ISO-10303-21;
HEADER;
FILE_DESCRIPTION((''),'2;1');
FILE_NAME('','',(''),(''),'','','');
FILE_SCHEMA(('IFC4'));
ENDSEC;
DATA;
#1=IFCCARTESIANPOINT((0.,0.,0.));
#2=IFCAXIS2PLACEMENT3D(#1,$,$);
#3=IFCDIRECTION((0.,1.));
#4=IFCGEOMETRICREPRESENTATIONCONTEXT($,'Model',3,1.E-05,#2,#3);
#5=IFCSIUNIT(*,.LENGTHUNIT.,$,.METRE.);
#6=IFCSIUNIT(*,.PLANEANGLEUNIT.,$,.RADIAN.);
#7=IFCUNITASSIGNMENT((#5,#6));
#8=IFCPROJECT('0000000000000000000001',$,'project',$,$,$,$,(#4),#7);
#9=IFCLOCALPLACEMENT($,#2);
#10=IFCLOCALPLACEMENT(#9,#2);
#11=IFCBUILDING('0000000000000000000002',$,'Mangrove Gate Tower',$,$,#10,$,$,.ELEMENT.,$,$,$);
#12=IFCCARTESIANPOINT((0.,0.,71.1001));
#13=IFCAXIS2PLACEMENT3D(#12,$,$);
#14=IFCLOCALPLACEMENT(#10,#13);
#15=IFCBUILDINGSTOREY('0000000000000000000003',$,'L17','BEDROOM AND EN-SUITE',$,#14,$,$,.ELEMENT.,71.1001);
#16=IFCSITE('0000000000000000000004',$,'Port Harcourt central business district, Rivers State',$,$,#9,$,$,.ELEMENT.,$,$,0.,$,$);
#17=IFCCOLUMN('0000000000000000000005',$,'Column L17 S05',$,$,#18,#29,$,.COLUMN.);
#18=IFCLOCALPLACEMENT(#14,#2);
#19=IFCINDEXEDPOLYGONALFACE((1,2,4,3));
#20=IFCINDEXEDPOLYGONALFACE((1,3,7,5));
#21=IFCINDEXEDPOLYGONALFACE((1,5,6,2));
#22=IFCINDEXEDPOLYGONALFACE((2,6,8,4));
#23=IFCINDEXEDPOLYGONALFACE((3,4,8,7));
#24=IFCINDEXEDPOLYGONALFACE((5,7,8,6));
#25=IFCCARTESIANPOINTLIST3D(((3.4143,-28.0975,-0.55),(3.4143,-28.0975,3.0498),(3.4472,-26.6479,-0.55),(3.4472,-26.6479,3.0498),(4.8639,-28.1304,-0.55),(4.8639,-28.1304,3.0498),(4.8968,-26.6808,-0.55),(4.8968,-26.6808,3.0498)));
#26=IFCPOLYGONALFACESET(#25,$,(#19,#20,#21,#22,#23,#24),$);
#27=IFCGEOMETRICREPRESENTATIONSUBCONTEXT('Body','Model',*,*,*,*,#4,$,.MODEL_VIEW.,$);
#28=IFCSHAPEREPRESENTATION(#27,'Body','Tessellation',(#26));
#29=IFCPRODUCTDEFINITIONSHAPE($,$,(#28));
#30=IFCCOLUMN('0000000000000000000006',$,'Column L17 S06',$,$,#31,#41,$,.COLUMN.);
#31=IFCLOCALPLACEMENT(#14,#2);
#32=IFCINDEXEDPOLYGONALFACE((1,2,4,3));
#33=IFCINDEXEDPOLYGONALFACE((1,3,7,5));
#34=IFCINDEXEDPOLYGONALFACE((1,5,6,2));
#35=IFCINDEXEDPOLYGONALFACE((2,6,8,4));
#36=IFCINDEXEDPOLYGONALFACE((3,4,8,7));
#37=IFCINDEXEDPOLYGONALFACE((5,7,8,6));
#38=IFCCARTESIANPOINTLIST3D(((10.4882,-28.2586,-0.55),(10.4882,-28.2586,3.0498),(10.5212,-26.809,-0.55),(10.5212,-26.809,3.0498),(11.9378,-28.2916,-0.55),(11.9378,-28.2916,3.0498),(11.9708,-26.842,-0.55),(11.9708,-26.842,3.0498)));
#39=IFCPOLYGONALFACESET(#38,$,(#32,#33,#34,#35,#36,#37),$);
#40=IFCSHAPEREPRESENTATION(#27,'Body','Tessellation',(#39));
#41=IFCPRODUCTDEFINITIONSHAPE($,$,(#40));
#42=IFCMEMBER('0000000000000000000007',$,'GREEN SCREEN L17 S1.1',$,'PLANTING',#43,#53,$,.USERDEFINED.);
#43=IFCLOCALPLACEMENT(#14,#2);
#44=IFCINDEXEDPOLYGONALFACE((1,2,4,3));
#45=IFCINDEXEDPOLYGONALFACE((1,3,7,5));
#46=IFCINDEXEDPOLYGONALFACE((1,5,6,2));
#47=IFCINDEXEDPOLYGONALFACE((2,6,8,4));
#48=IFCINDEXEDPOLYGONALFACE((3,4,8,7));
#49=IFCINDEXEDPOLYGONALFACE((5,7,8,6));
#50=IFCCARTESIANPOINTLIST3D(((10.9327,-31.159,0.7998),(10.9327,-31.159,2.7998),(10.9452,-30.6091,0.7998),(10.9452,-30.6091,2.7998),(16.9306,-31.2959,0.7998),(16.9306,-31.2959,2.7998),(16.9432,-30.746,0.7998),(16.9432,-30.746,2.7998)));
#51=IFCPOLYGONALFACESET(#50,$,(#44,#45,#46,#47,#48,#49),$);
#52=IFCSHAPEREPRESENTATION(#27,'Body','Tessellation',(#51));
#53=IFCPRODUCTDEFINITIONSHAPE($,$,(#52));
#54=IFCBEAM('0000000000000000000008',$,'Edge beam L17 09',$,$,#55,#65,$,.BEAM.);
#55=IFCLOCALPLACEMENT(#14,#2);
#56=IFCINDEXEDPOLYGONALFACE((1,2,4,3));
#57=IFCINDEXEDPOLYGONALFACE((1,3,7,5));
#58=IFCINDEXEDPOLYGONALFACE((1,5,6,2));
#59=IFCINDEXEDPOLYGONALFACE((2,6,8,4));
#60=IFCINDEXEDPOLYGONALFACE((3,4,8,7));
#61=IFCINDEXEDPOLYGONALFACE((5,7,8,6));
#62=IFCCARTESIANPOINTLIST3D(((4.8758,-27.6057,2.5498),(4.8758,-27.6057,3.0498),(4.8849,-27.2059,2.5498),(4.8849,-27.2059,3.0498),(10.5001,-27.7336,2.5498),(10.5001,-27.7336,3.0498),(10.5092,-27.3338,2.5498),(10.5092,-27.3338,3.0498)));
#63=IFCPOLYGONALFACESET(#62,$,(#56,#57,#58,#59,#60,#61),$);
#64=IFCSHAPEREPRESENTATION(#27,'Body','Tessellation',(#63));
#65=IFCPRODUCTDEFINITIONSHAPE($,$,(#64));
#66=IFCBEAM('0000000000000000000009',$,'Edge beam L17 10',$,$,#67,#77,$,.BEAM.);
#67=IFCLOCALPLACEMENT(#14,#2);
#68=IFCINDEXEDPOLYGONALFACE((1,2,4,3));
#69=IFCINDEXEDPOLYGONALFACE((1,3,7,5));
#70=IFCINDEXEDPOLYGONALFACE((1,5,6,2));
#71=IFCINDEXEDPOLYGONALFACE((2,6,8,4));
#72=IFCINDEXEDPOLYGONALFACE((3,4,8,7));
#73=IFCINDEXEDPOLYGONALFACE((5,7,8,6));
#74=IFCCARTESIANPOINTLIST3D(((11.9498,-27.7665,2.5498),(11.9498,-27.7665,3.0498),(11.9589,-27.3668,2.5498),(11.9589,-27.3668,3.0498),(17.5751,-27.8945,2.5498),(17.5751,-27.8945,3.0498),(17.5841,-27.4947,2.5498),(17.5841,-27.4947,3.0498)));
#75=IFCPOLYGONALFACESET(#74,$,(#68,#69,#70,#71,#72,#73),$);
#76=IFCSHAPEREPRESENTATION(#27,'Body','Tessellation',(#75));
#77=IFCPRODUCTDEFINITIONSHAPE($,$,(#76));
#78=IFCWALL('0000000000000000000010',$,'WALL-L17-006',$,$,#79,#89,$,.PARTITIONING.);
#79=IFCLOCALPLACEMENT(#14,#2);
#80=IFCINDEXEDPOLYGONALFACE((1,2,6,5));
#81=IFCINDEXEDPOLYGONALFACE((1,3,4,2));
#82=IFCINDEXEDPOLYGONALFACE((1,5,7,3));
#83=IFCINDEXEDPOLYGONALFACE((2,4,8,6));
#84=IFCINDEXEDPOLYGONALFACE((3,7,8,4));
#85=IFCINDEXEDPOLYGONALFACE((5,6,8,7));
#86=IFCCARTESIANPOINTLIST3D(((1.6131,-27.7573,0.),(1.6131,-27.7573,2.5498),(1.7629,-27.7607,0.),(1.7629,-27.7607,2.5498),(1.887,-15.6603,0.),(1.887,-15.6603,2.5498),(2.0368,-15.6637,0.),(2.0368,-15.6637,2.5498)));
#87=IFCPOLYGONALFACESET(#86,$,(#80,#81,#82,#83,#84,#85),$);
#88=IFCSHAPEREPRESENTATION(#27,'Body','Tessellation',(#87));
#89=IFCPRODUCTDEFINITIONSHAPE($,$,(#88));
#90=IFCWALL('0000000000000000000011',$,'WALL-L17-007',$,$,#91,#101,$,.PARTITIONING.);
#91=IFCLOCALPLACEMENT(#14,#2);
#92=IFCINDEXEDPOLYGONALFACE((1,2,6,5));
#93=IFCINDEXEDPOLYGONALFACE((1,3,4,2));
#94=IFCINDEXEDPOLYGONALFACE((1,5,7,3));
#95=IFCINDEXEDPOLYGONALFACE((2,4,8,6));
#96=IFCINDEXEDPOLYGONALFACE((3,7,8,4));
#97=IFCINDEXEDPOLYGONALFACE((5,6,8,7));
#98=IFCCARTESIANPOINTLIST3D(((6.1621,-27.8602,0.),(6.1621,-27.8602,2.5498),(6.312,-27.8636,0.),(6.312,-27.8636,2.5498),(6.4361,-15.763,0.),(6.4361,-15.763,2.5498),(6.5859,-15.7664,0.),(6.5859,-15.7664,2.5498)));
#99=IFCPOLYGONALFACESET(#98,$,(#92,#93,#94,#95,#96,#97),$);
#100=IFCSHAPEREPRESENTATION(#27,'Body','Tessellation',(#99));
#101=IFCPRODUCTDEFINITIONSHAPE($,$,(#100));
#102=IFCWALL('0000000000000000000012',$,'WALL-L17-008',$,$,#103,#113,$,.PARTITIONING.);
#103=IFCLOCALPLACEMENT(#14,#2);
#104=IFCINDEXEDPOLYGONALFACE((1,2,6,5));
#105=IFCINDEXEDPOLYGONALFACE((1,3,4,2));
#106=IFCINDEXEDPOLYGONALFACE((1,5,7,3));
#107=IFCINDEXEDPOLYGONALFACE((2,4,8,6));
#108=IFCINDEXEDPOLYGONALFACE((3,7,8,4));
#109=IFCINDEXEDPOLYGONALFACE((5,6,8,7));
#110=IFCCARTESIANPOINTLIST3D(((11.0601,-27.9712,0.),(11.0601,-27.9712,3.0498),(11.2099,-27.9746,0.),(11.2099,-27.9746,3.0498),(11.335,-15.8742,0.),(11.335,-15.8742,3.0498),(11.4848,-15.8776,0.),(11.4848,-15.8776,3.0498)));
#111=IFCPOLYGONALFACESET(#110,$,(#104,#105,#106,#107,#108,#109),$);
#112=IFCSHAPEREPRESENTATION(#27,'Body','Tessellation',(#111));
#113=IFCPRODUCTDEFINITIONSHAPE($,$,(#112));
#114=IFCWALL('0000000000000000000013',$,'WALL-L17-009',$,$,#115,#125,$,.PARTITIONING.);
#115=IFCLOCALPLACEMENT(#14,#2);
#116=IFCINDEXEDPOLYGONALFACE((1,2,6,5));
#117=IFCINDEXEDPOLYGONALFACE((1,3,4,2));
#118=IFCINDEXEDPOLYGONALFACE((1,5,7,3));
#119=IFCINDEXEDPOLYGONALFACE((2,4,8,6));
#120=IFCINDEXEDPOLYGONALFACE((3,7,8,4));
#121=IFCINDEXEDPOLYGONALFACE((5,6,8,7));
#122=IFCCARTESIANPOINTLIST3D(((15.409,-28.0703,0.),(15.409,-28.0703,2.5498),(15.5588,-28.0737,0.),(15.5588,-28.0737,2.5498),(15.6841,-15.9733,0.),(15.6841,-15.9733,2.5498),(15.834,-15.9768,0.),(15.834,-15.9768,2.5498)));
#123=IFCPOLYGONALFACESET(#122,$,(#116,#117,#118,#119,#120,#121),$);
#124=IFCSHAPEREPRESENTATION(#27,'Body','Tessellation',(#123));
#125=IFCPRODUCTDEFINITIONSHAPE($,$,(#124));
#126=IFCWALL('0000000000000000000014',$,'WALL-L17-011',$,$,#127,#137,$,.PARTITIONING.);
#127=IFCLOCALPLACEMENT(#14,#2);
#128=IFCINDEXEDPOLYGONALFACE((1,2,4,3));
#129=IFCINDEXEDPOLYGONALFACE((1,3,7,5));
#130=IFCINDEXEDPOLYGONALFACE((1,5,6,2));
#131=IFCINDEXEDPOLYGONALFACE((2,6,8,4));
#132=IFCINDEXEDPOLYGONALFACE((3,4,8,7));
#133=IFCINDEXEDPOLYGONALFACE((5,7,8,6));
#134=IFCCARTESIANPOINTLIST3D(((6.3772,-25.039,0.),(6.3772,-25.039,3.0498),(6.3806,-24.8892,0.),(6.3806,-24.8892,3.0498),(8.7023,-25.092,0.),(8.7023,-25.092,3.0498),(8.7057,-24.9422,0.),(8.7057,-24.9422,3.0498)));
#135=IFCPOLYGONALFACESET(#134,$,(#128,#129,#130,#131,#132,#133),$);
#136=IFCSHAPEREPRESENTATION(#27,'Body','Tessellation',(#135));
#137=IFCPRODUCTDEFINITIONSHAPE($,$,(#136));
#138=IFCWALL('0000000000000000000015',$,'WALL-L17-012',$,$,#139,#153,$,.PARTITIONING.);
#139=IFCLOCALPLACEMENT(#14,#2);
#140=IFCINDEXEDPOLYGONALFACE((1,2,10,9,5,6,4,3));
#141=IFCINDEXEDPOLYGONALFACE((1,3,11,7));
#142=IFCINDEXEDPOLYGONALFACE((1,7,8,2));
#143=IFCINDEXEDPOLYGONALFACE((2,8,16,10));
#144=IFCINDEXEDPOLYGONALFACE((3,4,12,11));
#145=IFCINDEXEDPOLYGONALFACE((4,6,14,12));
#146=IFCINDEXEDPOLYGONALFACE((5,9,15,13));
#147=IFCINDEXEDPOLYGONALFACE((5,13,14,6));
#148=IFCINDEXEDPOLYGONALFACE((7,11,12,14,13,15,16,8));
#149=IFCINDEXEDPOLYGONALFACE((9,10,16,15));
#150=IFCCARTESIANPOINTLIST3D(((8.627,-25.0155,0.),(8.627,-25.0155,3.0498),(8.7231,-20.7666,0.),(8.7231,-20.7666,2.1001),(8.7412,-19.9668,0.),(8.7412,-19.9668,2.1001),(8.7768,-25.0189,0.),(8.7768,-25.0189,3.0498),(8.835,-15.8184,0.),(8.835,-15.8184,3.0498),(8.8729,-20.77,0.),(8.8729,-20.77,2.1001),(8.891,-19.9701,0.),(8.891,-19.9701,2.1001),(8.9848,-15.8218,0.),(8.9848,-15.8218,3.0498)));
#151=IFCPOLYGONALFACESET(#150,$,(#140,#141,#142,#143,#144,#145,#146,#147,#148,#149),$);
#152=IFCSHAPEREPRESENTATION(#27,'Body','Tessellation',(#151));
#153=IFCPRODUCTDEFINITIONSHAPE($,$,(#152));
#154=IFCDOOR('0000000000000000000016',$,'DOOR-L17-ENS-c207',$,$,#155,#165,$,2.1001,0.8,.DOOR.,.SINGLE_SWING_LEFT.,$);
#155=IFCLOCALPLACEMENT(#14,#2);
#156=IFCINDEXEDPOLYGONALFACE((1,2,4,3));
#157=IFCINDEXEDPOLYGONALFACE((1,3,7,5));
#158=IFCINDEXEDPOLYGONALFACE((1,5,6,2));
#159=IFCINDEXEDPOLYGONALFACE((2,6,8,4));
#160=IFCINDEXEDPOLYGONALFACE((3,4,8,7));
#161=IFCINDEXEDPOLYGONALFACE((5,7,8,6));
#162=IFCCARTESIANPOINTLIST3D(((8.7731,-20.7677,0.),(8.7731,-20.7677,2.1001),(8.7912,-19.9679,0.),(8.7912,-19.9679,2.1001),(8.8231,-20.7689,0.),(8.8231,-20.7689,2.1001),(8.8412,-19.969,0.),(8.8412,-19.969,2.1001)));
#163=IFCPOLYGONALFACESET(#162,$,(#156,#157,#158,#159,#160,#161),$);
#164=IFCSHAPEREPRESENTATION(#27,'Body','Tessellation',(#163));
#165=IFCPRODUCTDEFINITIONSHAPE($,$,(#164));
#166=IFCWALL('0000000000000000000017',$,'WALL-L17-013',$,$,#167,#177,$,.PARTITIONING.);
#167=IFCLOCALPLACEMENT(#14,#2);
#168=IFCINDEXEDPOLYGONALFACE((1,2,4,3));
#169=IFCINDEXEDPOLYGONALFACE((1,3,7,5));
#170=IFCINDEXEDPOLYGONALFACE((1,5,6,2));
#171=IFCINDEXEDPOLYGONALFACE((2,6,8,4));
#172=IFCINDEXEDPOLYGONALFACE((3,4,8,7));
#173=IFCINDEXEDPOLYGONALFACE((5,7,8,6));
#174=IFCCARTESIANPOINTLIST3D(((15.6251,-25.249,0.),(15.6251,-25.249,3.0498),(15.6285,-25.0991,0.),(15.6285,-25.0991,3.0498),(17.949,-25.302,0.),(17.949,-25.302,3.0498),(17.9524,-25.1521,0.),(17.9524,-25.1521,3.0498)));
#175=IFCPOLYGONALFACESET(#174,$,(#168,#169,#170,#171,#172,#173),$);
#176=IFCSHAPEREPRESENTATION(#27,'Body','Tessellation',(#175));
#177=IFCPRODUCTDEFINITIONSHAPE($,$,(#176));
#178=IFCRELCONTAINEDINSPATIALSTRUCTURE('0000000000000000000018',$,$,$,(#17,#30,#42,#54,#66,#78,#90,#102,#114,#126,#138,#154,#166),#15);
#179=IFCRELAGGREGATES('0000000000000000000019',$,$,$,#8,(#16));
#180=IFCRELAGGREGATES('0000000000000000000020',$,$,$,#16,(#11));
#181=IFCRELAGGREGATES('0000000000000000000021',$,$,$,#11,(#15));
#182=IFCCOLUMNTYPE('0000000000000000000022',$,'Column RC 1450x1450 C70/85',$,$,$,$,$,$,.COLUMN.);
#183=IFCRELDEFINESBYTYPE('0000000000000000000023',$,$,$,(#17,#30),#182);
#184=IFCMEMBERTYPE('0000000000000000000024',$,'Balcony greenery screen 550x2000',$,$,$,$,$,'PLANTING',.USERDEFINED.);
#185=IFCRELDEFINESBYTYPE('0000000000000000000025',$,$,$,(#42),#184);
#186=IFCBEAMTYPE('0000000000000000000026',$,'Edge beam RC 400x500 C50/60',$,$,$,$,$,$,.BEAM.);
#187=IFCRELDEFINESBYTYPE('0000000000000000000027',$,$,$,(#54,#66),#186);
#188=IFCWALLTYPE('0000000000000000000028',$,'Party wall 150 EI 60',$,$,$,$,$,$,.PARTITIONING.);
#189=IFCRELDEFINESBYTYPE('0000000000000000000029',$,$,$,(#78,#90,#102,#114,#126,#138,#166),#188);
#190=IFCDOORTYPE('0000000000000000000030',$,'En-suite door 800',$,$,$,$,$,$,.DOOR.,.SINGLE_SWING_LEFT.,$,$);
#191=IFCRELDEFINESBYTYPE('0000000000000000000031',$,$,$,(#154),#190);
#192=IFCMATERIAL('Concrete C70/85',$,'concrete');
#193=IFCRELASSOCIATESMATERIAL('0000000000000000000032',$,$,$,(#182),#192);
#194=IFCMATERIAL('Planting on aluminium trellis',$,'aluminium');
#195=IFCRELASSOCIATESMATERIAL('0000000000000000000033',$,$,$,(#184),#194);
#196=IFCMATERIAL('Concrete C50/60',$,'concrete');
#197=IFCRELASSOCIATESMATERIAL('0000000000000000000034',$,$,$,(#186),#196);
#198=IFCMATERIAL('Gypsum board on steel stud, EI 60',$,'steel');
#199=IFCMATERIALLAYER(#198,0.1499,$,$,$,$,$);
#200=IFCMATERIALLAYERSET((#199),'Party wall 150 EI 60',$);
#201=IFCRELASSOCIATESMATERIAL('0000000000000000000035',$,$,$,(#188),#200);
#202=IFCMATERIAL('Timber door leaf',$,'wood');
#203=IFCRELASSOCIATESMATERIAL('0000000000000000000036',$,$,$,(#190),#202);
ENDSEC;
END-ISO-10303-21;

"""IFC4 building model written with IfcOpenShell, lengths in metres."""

from ifc_helpers import new_model, si_unit, direction, frame, frame_2d, origin, origin_2d, place, context, subcontext, project, spatial, rectangle, extrude, material, layer, layer_set, material_profile, profile_set, type_object, element, fill, save


model = new_model("IFC4")

# Units and contexts
model_context = context("Model", 3, precision=1e-05, world=origin(), true_north=direction((0.0, 1.0)))
body_context = subcontext(model_context, "Body", "Model", "MODEL_VIEW")
ifc_project = project(units=[si_unit("LENGTHUNIT", "METRE"), si_unit("PLANEANGLEUNIT", "RADIAN")], contexts=[model_context])

# Site, building, storey
site_placement = place(None, origin())
site = spatial("IfcSite", under=ifc_project, at=site_placement, Name="Port Harcourt central business district, Rivers State", CompositionType="ELEMENT", RefElevation=0.0)
building_placement = place(site_placement, origin())
building = spatial("IfcBuilding", under=site, at=building_placement, Name="Mangrove Gate Tower", CompositionType="ELEMENT")
storey_placement = place(building_placement, frame((0.0, 0.0, 71.1001)))
storey = spatial("IfcBuildingStorey", under=building, at=storey_placement, Name="L17", Description="BEDROOM AND EN-SUITE", CompositionType="ELEMENT", Elevation=71.1001)

# Columns
ifc_material_1 = material(Name="Concrete C70/85", Category="concrete")
ifc_material_profile_1 = material_profile(ifc_material_1, rectangle(XDim=1.45, YDim=1.45, at=origin_2d()))
ifc_profile_set_1 = profile_set([ifc_material_profile_1], Name="Concrete C70/85")
column_type = type_object("IfcColumnType", Name="Column RC 1450x1450 C70/85", PredefinedType="COLUMN", material=ifc_profile_set_1)
for number, where, z_axis, x_axis, name in (
    (1, (4.1555, -27.3892, -0.55), (0.0, 0.0, 1.0), (0.999743, -0.022681, 0.0), "Column L17 S05"),
    (2, (11.2295, -27.5503, -0.55), (0.0, 0.0, 1.0), (0.999741, -0.022752, 0.0), "Column L17 S06"),
):
    element("IfcColumn", number, at=place(storey_placement, frame(where, z_axis=z_axis, x_axis=x_axis)), inside=storey, type_object=column_type, Name=name, PredefinedType="COLUMN", context=body_context, shape_type="SweptSolid", body=[
        extrude(rectangle(XDim=1.45, YDim=1.45, at=origin_2d()), origin(), (0.0, 0.0, 1.0), 3.5999),
    ])

# Member
ifc_material_2 = material(Name="Planting on aluminium trellis", Category="aluminium")
ifc_material_profile_2 = material_profile(ifc_material_2, rectangle(XDim=0.55, YDim=2.0, at=origin_2d()))
ifc_profile_set_2 = profile_set([ifc_material_profile_2], Name="Planting on aluminium trellis")
member_type = type_object("IfcMemberType", Name="Balcony greenery screen 550x2000", ElementType="PLANTING", PredefinedType="USERDEFINED", material=ifc_profile_set_2)
member_placement = place(storey_placement, frame((10.939, -30.884, 1.7998), z_axis=(0.999739, -0.022829, 0.0), x_axis=(0.022829, 0.999739, 0.0)))
element("IfcMember", 3, at=member_placement, inside=storey, type_object=member_type, Name="GREEN SCREEN L17 S1.1", ObjectType="PLANTING", PredefinedType="USERDEFINED", context=body_context, shape_type="SweptSolid", body=[
    extrude(rectangle(XDim=0.55, YDim=2.0, at=origin_2d()), origin(), (0.0, 0.0, 1.0), 5.9995),
])

# Beams
ifc_material_3 = material(Name="Concrete C50/60", Category="concrete")
ifc_material_profile_3 = material_profile(ifc_material_3, rectangle(XDim=0.3999, YDim=0.5, at=origin_2d()))
ifc_profile_set_3 = profile_set([ifc_material_profile_3], Name="Concrete C50/60")
beam_type = type_object("IfcBeamType", Name="Edge beam RC 400x500 C50/60", PredefinedType="BEAM", material=ifc_profile_set_3)
beam_1_placement = place(storey_placement, frame((4.8804, -27.4058, 2.7998), z_axis=(0.999741, -0.02274, 0.0), x_axis=(0.02274, 0.999741, 0.0)))
element("IfcBeam", 4, at=beam_1_placement, inside=storey, type_object=beam_type, Name="Edge beam L17 09", PredefinedType="BEAM", context=body_context, shape_type="SweptSolid", body=[
    extrude(rectangle(XDim=0.3999, YDim=0.5, at=origin_2d()), origin(), (0.0, 0.0, 1.0), 5.6257),
])
beam_2_placement = place(storey_placement, frame((11.9543, -27.5667, 2.7998), z_axis=(0.999741, -0.022736, 0.0), x_axis=(0.022736, 0.999741, 0.0)))
element("IfcBeam", 5, at=beam_2_placement, inside=storey, type_object=beam_type, Name="Edge beam L17 10", PredefinedType="BEAM", context=body_context, shape_type="SweptSolid", body=[
    extrude(rectangle(XDim=0.3999, YDim=0.5, at=origin_2d()), origin(), (0.0, 0.0, 1.0), 5.6267),
])

# Walls
ifc_material_4 = material(Name="Gypsum board on steel stud, EI 60", Category="steel")
ifc_layer_1 = layer(ifc_material_4, 0.1499)
ifc_layer_set_1 = layer_set([ifc_layer_1], Name="Party wall 150 EI 60")
wall_type_1 = type_object("IfcWallType", Name="Party wall 150 EI 60", PredefinedType="PARTITIONING", material=ifc_layer_set_1)
wall_1_placement = place(storey_placement, frame((1.688, -27.759, 0.0), z_axis=(0.0, 0.0, 1.0), x_axis=(0.022638, 0.999744, 0.0)))
element("IfcWall", 6, at=wall_1_placement, inside=storey, type_object=wall_type_1, Name="WALL-L17-006", PredefinedType="PARTITIONING", context=body_context, shape_type="SweptSolid", body=[
    extrude(rectangle(XDim=12.1001, YDim=0.1499, at=frame_2d((6.05, 0.0))), origin(), (0.0, 0.0, 1.0), 2.5498),
])
wall_2_placement = place(storey_placement, frame((6.2371, -27.8621, 0.0), z_axis=(0.0, 0.0, 1.0), x_axis=(0.022638, 0.999744, 0.0)))
element("IfcWall", 7, at=wall_2_placement, inside=storey, type_object=wall_type_1, Name="WALL-L17-007", PredefinedType="PARTITIONING", context=body_context, shape_type="SweptSolid", body=[
    extrude(rectangle(XDim=12.1003, YDim=0.1499, at=frame_2d((6.0503, 0.0))), origin(), (0.0, 0.0, 1.0), 2.5498),
])
wall_3_placement = place(storey_placement, frame((11.135, -27.9729, 0.0), z_axis=(0.0, 0.0, 1.0), x_axis=(0.022719, 0.999742, 0.0)))
element("IfcWall", 8, at=wall_3_placement, inside=storey, type_object=wall_type_1, Name="WALL-L17-008", PredefinedType="PARTITIONING", context=body_context, shape_type="SweptSolid", body=[
    extrude(rectangle(XDim=12.1001, YDim=0.1499, at=frame_2d((6.05, 0.0))), origin(), (0.0, 0.0, 1.0), 3.0498),
])
wall_4_placement = place(storey_placement, frame((15.4839, -28.072, 0.0), z_axis=(0.0, 0.0, 1.0), x_axis=(0.022739, 0.999741, 0.0)))
element("IfcWall", 9, at=wall_4_placement, inside=storey, type_object=wall_type_1, Name="WALL-L17-009", PredefinedType="PARTITIONING", context=body_context, shape_type="SweptSolid", body=[
    extrude(rectangle(XDim=12.1001, YDim=0.1499, at=frame_2d((6.05, 0.0))), origin(), (0.0, 0.0, 1.0), 2.5498),
])
wall_5_placement = place(storey_placement, frame((6.3789, -24.9641, 0.0), z_axis=(0.0, 0.0, 1.0), x_axis=(0.999741, -0.022779, 0.0)))
element("IfcWall", 10, at=wall_5_placement, inside=storey, type_object=wall_type_1, Name="WALL-L17-011", PredefinedType="PARTITIONING", context=body_context, shape_type="SweptSolid", body=[
    extrude(rectangle(XDim=2.3257, YDim=0.1499, at=frame_2d((1.1628, 0.0))), origin(), (0.0, 0.0, 1.0), 3.0498),
])

# Wall, opening, door
wall_6_placement = place(storey_placement, frame((8.7019, -25.0171, 0.0), z_axis=(0.0, 0.0, 1.0), x_axis=(0.022611, 0.999744, 0.0)))
wall_6 = element("IfcWall", 11, at=wall_6_placement, inside=storey, type_object=wall_type_1, Name="WALL-L17-012", PredefinedType="PARTITIONING", context=body_context, shape_type="SweptSolid", body=[
    extrude(rectangle(XDim=9.1995, YDim=0.1499, at=frame_2d((4.5996, 0.0))), origin(), (0.0, 0.0, 1.0), 3.0498),
])
opening_1_placement = place(wall_6_placement, frame((4.25, 0.0, 0.0)))
opening_1 = element("IfcOpeningElement", 12, at=opening_1_placement, cuts=wall_6, PredefinedType="OPENING", context=body_context, shape_type="SweptSolid", body=[
    extrude(rectangle(XDim=0.8, YDim=2.1001, at=frame_2d((0.3999, 1.05))), frame((0.0, 0.085, 0.0), z_axis=(0.0, -1.0, 0.0), x_axis=(1.0, 0.0, 0.0)), (0.0, 0.0, 1.0), 0.1699),
])
ifc_material_5 = material(Name="Timber door leaf", Category="wood")
door_type = type_object("IfcDoorType", Name="En-suite door 800", OperationType="SINGLE_SWING_LEFT", PredefinedType="DOOR", material=ifc_material_5)
door_1_placement = place(opening_1_placement, origin())
door_1 = element("IfcDoor", 13, at=door_1_placement, inside=storey, type_object=door_type, Name="DOOR-L17-ENS-c207", OperationType="SINGLE_SWING_LEFT", OverallHeight=2.1001, OverallWidth=0.8, PredefinedType="DOOR", context=body_context, shape_type="SweptSolid", body=[
    extrude(rectangle(XDim=0.8, YDim=2.1001, at=frame_2d((0.3999, 1.05))), frame((0.0, 0.0249, 0.0), z_axis=(0.0, -1.0, 0.0), x_axis=(1.0, 0.0, 0.0)), (0.0, 0.0, 1.0), 0.05),
])
fill(opening_1, door_1)

# Wall
wall_7_placement = place(storey_placement, frame((15.627, -25.1741, 0.0), z_axis=(0.0, 0.0, 1.0), x_axis=(0.99974, -0.022791, 0.0)))
element("IfcWall", 14, at=wall_7_placement, inside=storey, type_object=wall_type_1, Name="WALL-L17-013", PredefinedType="PARTITIONING", context=body_context, shape_type="SweptSolid", body=[
    extrude(rectangle(XDim=2.3245, YDim=0.1499, at=frame_2d((1.1621, 0.0))), origin(), (0.0, 0.0, 1.0), 3.0498),
])

save(model, "model.ifc")
